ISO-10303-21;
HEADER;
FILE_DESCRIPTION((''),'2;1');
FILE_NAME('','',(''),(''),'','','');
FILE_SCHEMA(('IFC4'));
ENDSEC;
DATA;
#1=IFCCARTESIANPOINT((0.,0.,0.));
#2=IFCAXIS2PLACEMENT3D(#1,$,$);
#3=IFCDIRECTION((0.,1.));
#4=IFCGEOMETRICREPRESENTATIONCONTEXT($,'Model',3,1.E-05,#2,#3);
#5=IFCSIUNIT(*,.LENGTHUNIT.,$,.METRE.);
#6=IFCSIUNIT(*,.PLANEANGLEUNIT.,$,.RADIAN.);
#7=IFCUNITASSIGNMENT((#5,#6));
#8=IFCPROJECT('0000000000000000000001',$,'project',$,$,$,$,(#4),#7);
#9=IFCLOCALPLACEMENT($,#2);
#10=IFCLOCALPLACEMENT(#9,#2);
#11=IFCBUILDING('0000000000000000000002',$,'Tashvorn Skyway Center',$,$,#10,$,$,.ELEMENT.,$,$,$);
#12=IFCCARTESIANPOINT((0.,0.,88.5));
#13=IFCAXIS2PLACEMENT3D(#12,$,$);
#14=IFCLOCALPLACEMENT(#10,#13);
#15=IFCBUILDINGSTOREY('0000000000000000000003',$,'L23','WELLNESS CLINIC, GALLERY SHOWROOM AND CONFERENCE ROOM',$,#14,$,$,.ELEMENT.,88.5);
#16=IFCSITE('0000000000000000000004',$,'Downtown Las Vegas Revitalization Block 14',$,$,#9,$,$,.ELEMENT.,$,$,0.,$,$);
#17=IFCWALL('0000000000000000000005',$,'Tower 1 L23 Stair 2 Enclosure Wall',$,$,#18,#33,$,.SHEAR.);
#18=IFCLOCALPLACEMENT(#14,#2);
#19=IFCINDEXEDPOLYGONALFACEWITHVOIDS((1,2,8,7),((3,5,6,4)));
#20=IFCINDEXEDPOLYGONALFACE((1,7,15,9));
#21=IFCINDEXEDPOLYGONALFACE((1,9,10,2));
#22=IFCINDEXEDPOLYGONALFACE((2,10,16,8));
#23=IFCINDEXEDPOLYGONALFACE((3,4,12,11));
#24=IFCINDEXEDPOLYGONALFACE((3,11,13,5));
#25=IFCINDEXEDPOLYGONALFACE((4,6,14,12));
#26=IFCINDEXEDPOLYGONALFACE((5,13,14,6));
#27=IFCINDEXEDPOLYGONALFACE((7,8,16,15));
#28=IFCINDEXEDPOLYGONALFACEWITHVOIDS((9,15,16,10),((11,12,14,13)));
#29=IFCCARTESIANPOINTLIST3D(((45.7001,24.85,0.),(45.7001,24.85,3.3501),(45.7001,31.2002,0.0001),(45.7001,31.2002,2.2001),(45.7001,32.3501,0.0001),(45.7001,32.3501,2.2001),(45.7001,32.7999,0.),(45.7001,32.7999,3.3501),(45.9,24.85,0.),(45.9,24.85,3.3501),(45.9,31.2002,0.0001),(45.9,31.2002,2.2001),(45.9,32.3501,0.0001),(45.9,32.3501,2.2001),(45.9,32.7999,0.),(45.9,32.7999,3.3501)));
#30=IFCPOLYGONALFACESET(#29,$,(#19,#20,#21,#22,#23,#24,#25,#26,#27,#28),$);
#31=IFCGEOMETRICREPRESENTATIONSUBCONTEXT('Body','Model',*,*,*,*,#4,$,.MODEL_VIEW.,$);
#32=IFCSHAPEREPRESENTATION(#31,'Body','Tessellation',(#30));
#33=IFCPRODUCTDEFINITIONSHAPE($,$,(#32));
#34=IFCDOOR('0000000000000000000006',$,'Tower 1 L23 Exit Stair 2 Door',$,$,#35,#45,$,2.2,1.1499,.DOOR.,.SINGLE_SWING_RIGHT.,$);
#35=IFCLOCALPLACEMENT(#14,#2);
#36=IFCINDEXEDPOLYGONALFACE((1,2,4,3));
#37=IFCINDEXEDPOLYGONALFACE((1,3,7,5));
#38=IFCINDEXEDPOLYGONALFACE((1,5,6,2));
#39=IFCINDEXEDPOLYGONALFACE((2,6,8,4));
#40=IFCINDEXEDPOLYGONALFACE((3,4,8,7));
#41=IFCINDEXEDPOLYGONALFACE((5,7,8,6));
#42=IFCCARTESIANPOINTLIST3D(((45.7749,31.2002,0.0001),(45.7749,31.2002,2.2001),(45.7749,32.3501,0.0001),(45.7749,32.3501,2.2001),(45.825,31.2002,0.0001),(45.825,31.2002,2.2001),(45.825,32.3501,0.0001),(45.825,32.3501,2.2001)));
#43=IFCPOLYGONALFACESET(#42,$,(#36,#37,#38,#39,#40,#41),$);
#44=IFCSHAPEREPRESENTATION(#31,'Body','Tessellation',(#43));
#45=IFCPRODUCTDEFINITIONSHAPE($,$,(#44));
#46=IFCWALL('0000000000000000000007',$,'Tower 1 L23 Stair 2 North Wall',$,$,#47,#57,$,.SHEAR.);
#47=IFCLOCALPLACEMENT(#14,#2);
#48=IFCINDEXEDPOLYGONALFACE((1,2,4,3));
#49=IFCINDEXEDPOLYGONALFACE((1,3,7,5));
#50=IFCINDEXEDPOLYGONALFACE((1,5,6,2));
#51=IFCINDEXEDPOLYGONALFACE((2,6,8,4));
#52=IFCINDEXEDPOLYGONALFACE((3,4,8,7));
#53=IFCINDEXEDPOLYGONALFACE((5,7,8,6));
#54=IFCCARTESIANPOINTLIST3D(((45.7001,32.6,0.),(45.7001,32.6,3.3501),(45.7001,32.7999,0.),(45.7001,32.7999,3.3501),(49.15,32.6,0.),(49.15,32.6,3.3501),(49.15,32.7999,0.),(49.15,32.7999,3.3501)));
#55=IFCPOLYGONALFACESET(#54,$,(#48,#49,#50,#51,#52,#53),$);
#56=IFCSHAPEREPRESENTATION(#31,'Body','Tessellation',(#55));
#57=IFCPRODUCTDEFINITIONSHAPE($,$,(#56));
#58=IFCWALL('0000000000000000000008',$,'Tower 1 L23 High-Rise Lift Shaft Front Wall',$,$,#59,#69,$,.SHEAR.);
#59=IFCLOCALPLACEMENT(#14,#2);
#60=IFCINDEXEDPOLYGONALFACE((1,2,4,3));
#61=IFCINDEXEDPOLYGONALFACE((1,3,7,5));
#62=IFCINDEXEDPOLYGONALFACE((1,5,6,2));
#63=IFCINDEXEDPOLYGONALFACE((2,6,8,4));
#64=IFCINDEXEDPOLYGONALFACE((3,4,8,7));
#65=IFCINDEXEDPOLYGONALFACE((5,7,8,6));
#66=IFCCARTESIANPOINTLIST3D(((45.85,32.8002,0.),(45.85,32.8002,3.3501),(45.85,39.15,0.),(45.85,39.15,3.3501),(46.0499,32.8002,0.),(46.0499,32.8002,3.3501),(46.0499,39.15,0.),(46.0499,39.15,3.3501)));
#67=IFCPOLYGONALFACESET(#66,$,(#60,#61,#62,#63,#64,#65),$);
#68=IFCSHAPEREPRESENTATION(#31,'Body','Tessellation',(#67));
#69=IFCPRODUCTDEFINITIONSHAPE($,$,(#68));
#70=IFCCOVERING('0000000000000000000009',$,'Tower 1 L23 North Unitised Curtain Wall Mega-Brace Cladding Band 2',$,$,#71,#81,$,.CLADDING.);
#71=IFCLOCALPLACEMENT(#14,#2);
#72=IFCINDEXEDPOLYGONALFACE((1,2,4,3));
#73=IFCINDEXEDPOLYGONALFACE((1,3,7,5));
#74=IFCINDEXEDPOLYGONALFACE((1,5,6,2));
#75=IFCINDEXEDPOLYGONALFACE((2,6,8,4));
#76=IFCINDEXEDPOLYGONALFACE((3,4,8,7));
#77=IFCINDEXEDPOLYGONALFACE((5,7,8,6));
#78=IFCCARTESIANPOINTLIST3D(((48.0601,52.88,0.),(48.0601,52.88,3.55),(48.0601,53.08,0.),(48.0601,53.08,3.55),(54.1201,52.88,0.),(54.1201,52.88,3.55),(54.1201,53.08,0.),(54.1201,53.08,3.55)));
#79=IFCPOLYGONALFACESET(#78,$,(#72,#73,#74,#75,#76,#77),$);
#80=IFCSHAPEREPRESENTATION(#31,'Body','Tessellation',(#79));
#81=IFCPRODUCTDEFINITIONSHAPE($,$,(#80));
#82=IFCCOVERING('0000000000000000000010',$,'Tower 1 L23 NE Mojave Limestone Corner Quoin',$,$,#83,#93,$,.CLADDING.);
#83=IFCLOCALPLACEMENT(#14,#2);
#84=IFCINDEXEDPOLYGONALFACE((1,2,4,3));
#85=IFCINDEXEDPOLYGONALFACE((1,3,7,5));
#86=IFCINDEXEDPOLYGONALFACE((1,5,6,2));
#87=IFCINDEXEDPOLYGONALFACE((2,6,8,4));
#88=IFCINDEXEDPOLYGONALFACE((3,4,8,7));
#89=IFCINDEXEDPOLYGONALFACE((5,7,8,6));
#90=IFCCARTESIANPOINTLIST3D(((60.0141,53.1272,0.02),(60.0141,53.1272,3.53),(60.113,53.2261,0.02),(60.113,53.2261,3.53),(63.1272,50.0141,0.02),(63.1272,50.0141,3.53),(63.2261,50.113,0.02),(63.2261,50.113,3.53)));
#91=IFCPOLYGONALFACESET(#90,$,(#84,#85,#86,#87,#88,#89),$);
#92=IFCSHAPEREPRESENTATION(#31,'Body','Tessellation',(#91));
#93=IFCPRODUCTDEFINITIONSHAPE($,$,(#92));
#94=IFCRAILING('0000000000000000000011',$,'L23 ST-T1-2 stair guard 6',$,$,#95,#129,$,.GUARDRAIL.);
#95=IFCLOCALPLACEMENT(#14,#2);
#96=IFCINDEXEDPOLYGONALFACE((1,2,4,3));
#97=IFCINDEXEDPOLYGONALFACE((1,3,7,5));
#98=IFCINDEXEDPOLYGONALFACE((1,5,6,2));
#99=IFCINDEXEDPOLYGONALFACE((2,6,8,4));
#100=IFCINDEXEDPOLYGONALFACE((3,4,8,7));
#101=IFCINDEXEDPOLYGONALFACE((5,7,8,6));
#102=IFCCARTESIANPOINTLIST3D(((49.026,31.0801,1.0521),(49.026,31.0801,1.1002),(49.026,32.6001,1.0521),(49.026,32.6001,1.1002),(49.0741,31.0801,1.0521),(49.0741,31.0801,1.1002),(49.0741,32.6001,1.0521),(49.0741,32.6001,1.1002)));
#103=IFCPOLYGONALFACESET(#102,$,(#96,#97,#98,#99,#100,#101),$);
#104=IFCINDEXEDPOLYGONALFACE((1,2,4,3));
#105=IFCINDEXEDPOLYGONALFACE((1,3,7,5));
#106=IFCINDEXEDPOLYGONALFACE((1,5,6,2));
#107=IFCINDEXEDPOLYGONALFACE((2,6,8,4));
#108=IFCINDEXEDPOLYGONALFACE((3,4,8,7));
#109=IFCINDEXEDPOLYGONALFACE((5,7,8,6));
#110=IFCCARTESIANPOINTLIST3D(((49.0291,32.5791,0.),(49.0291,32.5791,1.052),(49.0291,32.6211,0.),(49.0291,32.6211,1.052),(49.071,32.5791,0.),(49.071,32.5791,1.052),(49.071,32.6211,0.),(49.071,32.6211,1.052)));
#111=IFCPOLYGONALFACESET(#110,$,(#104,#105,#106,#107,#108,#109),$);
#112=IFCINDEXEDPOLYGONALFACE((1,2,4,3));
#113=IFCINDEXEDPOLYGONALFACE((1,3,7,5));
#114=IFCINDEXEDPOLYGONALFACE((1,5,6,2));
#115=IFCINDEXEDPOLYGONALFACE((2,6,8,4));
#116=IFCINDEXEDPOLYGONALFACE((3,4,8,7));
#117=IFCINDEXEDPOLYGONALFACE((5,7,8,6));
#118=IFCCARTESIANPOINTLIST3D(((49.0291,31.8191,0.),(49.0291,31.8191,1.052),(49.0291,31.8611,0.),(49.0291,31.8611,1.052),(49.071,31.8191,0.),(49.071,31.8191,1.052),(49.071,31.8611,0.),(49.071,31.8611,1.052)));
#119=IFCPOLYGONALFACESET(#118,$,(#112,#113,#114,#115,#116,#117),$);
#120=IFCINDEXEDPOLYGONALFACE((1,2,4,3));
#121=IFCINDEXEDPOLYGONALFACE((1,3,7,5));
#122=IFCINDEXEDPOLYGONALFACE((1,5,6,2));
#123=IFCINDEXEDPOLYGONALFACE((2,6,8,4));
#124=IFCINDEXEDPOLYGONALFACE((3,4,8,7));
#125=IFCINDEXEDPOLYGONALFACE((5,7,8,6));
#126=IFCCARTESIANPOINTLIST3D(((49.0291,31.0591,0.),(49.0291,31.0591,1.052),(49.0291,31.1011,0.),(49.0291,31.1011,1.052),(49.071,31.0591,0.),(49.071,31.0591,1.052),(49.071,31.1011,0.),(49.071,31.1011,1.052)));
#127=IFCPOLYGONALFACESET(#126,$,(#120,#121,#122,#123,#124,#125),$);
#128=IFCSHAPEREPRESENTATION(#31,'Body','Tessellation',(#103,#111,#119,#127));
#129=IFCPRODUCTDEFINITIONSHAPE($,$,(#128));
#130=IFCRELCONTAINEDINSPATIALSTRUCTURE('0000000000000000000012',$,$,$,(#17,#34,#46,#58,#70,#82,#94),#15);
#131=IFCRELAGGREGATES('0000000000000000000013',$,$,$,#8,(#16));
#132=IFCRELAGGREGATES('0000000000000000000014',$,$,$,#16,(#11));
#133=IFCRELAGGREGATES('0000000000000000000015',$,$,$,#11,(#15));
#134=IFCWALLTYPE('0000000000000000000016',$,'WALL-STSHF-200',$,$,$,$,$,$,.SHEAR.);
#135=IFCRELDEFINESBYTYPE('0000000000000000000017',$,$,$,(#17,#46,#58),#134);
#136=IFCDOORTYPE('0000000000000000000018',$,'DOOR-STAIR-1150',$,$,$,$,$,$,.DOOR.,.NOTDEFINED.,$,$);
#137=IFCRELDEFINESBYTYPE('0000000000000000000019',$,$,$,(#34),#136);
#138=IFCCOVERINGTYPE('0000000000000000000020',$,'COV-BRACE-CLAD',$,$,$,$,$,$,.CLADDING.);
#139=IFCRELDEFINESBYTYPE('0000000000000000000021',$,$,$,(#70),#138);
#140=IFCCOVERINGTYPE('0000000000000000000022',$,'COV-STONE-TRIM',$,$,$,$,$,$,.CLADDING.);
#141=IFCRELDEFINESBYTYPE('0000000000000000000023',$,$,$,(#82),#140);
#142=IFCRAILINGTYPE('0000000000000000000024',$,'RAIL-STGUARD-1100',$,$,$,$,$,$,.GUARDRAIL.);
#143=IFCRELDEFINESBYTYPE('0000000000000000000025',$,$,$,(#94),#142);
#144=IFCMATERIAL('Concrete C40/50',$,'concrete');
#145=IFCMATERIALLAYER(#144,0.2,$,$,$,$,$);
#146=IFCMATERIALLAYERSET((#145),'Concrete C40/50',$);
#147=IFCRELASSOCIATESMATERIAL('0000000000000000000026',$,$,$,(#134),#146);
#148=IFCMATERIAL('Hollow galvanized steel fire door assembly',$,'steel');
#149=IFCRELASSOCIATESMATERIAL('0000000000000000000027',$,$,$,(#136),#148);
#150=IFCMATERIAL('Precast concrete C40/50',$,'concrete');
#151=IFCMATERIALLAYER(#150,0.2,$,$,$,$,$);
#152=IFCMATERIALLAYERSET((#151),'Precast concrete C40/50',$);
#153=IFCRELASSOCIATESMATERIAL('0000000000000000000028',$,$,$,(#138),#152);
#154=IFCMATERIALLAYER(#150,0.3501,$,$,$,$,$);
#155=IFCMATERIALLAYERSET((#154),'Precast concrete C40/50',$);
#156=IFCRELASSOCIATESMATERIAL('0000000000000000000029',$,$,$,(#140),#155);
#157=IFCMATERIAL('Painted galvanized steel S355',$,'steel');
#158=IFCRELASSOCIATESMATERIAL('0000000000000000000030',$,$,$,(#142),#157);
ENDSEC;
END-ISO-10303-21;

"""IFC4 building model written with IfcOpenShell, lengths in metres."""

from ifc_helpers import new_model, si_unit, direction, frame, frame_2d, origin, origin_2d, place, context, subcontext, project, spatial, rectangle, extrude, material, layer, layer_set, type_object, element, fill, save


model = new_model("IFC4")

# Units and contexts
model_context = context("Model", 3, precision=1e-05, world=origin(), true_north=direction((0.0, 1.0)))
body_context = subcontext(model_context, "Body", "Model", "MODEL_VIEW")
ifc_project = project(units=[si_unit("LENGTHUNIT", "METRE"), si_unit("PLANEANGLEUNIT", "RADIAN")], contexts=[model_context])

# Site, building, storey
site_placement = place(None, origin())
site = spatial("IfcSite", under=ifc_project, at=site_placement, Name="Downtown Las Vegas Revitalization Block 14", CompositionType="ELEMENT", RefElevation=0.0)
building_placement = place(site_placement, origin())
building = spatial("IfcBuilding", under=site, at=building_placement, Name="Tashvorn Skyway Center", CompositionType="ELEMENT")
storey_placement = place(building_placement, frame((0.0, 0.0, 88.5)))
storey = spatial("IfcBuildingStorey", under=building, at=storey_placement, Name="L23", Description="WELLNESS CLINIC, GALLERY SHOWROOM AND CONFERENCE ROOM", CompositionType="ELEMENT", Elevation=88.5)

# Shared definitions
ifc_material_1 = material(Name="Precast concrete C40/50", Category="concrete")

# Shared definitions
ifc_material_2 = material(Name="Concrete C40/50", Category="concrete")

# Wall, opening, door
ifc_layer_1 = layer(ifc_material_2, 0.2)
ifc_layer_set_1 = layer_set([ifc_layer_1], Name="Concrete C40/50")
wall_type_1 = type_object("IfcWallType", Name="WALL-STSHF-200", PredefinedType="SHEAR", material=ifc_layer_set_1)
wall_1_placement = place(storey_placement, frame((45.8, 32.8, 0.0), z_axis=(0.0, 0.0, 1.0), x_axis=(0.0, -1.0, 0.0)))
wall_1 = element("IfcWall", 1, at=wall_1_placement, inside=storey, type_object=wall_type_1, Name="Tower 1 L23 Stair 2 Enclosure Wall", PredefinedType="SHEAR", context=body_context, shape_type="SweptSolid", body=[
    extrude(rectangle(XDim=7.95, YDim=0.2, at=frame_2d((3.9751, 0.0))), origin(), (0.0, 0.0, 1.0), 3.3501),
])
opening_1_placement = place(wall_1_placement, frame((0.45, 0.0, 0.0)))
opening_1 = element("IfcOpeningElement", 2, at=opening_1_placement, cuts=wall_1, PredefinedType="OPENING", context=body_context, shape_type="SweptSolid", body=[
    extrude(rectangle(XDim=1.1499, YDim=2.2, at=frame_2d((0.575, 1.1001))), frame((0.0, 0.1099, 0.0), z_axis=(0.0, -1.0, 0.0), x_axis=(1.0, 0.0, 0.0)), (0.0, 0.0, 1.0), 0.22),
])
ifc_material_3 = material(Name="Hollow galvanized steel fire door assembly", Category="steel")
door_type_1 = type_object("IfcDoorType", Name="DOOR-STAIR-1150", OperationType="NOTDEFINED", PredefinedType="DOOR", material=ifc_material_3)
door_1_placement = place(opening_1_placement, origin())
door_1 = element("IfcDoor", 3, at=door_1_placement, inside=storey, type_object=door_type_1, Name="Tower 1 L23 Exit Stair 2 Door", OperationType="SINGLE_SWING_RIGHT", OverallHeight=2.2, OverallWidth=1.1499, PredefinedType="DOOR", context=body_context, shape_type="SweptSolid", body=[
    extrude(rectangle(XDim=1.1499, YDim=2.2, at=frame_2d((0.575, 1.1001))), frame((0.0, 0.0249, 0.0), z_axis=(0.0, -1.0, 0.0), x_axis=(1.0, 0.0, 0.0)), (0.0, 0.0, 1.0), 0.05),
])
fill(opening_1, door_1)

# Walls
wall_2_placement = place(storey_placement, frame((45.7, 32.7, 0.0), z_axis=(0.0, 0.0, 1.0), x_axis=(1.0, 0.0, 0.0)))
element("IfcWall", 4, at=wall_2_placement, inside=storey, type_object=wall_type_1, Name="Tower 1 L23 Stair 2 North Wall", PredefinedType="SHEAR", context=body_context, shape_type="SweptSolid", body=[
    extrude(rectangle(XDim=3.45, YDim=0.2, at=frame_2d((1.7251, 0.0))), origin(), (0.0, 0.0, 1.0), 3.3501),
])
wall_3_placement = place(storey_placement, frame((45.95, 39.1499, 0.0), z_axis=(0.0, 0.0, 1.0), x_axis=(0.0, -1.0, 0.0)))
element("IfcWall", 5, at=wall_3_placement, inside=storey, type_object=wall_type_1, Name="Tower 1 L23 High-Rise Lift Shaft Front Wall", PredefinedType="SHEAR", context=body_context, shape_type="SweptSolid", body=[
    extrude(rectangle(XDim=6.3499, YDim=0.2, at=frame_2d((3.1748, 0.0))), origin(), (0.0, 0.0, 1.0), 3.3501),
])

# Coverings
ifc_layer_2 = layer(ifc_material_1, 0.2)
ifc_layer_set_2 = layer_set([ifc_layer_2], Name="Precast concrete C40/50")
covering_type_1 = type_object("IfcCoveringType", Name="COV-BRACE-CLAD", PredefinedType="CLADDING", material=ifc_layer_set_2)
covering_1_placement = place(storey_placement, frame((51.0901, 52.98, 0.0), z_axis=(0.0, 0.0, 1.0), x_axis=(1.0, 0.0, 0.0)))
element("IfcCovering", 6, at=covering_1_placement, inside=storey, type_object=covering_type_1, Name="Tower 1 L23 North Unitised Curtain Wall Mega-Brace Cladding Band 2", PredefinedType="CLADDING", context=body_context, shape_type="SweptSolid", body=[
    extrude(rectangle(XDim=6.0601, YDim=0.2, at=origin_2d()), origin(), (0.0, 0.0, 1.0), 3.55),
])
ifc_layer_3 = layer(ifc_material_1, 0.3501)
ifc_layer_set_3 = layer_set([ifc_layer_3], Name="Precast concrete C40/50")
covering_type_2 = type_object("IfcCoveringType", Name="COV-STONE-TRIM", PredefinedType="CLADDING", material=ifc_layer_set_3)
covering_2_placement = place(storey_placement, frame((61.6201, 51.6201, 0.02), z_axis=(0.0, 0.0, 1.0), x_axis=(0.707107, -0.707107, 0.0)))
element("IfcCovering", 7, at=covering_2_placement, inside=storey, type_object=covering_type_2, Name="Tower 1 L23 NE Mojave Limestone Corner Quoin", PredefinedType="CLADDING", context=body_context, shape_type="SweptSolid", body=[
    extrude(rectangle(XDim=4.4026, YDim=0.1399, at=origin_2d()), origin(), (0.0, 0.0, 1.0), 3.51),
])

# Railing
ifc_material_4 = material(Name="Painted galvanized steel S355", Category="steel")
railing_type = type_object("IfcRailingType", Name="RAIL-STGUARD-1100", PredefinedType="GUARDRAIL", material=ifc_material_4)
railing_placement = place(storey_placement, frame((49.05, 32.6001, 0.0)))
element("IfcRailing", 8, at=railing_placement, inside=storey, type_object=railing_type, Name="L23 ST-T1-2 stair guard 6", PredefinedType="GUARDRAIL", context=body_context, shape_type="SweptSolid", body=[
    extrude(rectangle(XDim=0.0481, YDim=0.0481, at=origin_2d()), frame((0.0, 0.0, 1.0762), z_axis=(0.0, -1.0, 0.0), x_axis=(1.0, 0.0, 0.0)), (0.0, 0.0, 1.0), 1.52),
    extrude(rectangle(XDim=0.042, YDim=0.042, at=origin_2d()), origin(), (0.0, 0.0, 1.0), 1.052),
    extrude(rectangle(XDim=0.042, YDim=0.042, at=origin_2d()), frame((0.0, -0.76, 0.0)), (0.0, 0.0, 1.0), 1.052),
    extrude(rectangle(XDim=0.042, YDim=0.042, at=origin_2d()), frame((0.0, -1.52, 0.0)), (0.0, 0.0, 1.0), 1.052),
])

save(model, "model.ifc")
